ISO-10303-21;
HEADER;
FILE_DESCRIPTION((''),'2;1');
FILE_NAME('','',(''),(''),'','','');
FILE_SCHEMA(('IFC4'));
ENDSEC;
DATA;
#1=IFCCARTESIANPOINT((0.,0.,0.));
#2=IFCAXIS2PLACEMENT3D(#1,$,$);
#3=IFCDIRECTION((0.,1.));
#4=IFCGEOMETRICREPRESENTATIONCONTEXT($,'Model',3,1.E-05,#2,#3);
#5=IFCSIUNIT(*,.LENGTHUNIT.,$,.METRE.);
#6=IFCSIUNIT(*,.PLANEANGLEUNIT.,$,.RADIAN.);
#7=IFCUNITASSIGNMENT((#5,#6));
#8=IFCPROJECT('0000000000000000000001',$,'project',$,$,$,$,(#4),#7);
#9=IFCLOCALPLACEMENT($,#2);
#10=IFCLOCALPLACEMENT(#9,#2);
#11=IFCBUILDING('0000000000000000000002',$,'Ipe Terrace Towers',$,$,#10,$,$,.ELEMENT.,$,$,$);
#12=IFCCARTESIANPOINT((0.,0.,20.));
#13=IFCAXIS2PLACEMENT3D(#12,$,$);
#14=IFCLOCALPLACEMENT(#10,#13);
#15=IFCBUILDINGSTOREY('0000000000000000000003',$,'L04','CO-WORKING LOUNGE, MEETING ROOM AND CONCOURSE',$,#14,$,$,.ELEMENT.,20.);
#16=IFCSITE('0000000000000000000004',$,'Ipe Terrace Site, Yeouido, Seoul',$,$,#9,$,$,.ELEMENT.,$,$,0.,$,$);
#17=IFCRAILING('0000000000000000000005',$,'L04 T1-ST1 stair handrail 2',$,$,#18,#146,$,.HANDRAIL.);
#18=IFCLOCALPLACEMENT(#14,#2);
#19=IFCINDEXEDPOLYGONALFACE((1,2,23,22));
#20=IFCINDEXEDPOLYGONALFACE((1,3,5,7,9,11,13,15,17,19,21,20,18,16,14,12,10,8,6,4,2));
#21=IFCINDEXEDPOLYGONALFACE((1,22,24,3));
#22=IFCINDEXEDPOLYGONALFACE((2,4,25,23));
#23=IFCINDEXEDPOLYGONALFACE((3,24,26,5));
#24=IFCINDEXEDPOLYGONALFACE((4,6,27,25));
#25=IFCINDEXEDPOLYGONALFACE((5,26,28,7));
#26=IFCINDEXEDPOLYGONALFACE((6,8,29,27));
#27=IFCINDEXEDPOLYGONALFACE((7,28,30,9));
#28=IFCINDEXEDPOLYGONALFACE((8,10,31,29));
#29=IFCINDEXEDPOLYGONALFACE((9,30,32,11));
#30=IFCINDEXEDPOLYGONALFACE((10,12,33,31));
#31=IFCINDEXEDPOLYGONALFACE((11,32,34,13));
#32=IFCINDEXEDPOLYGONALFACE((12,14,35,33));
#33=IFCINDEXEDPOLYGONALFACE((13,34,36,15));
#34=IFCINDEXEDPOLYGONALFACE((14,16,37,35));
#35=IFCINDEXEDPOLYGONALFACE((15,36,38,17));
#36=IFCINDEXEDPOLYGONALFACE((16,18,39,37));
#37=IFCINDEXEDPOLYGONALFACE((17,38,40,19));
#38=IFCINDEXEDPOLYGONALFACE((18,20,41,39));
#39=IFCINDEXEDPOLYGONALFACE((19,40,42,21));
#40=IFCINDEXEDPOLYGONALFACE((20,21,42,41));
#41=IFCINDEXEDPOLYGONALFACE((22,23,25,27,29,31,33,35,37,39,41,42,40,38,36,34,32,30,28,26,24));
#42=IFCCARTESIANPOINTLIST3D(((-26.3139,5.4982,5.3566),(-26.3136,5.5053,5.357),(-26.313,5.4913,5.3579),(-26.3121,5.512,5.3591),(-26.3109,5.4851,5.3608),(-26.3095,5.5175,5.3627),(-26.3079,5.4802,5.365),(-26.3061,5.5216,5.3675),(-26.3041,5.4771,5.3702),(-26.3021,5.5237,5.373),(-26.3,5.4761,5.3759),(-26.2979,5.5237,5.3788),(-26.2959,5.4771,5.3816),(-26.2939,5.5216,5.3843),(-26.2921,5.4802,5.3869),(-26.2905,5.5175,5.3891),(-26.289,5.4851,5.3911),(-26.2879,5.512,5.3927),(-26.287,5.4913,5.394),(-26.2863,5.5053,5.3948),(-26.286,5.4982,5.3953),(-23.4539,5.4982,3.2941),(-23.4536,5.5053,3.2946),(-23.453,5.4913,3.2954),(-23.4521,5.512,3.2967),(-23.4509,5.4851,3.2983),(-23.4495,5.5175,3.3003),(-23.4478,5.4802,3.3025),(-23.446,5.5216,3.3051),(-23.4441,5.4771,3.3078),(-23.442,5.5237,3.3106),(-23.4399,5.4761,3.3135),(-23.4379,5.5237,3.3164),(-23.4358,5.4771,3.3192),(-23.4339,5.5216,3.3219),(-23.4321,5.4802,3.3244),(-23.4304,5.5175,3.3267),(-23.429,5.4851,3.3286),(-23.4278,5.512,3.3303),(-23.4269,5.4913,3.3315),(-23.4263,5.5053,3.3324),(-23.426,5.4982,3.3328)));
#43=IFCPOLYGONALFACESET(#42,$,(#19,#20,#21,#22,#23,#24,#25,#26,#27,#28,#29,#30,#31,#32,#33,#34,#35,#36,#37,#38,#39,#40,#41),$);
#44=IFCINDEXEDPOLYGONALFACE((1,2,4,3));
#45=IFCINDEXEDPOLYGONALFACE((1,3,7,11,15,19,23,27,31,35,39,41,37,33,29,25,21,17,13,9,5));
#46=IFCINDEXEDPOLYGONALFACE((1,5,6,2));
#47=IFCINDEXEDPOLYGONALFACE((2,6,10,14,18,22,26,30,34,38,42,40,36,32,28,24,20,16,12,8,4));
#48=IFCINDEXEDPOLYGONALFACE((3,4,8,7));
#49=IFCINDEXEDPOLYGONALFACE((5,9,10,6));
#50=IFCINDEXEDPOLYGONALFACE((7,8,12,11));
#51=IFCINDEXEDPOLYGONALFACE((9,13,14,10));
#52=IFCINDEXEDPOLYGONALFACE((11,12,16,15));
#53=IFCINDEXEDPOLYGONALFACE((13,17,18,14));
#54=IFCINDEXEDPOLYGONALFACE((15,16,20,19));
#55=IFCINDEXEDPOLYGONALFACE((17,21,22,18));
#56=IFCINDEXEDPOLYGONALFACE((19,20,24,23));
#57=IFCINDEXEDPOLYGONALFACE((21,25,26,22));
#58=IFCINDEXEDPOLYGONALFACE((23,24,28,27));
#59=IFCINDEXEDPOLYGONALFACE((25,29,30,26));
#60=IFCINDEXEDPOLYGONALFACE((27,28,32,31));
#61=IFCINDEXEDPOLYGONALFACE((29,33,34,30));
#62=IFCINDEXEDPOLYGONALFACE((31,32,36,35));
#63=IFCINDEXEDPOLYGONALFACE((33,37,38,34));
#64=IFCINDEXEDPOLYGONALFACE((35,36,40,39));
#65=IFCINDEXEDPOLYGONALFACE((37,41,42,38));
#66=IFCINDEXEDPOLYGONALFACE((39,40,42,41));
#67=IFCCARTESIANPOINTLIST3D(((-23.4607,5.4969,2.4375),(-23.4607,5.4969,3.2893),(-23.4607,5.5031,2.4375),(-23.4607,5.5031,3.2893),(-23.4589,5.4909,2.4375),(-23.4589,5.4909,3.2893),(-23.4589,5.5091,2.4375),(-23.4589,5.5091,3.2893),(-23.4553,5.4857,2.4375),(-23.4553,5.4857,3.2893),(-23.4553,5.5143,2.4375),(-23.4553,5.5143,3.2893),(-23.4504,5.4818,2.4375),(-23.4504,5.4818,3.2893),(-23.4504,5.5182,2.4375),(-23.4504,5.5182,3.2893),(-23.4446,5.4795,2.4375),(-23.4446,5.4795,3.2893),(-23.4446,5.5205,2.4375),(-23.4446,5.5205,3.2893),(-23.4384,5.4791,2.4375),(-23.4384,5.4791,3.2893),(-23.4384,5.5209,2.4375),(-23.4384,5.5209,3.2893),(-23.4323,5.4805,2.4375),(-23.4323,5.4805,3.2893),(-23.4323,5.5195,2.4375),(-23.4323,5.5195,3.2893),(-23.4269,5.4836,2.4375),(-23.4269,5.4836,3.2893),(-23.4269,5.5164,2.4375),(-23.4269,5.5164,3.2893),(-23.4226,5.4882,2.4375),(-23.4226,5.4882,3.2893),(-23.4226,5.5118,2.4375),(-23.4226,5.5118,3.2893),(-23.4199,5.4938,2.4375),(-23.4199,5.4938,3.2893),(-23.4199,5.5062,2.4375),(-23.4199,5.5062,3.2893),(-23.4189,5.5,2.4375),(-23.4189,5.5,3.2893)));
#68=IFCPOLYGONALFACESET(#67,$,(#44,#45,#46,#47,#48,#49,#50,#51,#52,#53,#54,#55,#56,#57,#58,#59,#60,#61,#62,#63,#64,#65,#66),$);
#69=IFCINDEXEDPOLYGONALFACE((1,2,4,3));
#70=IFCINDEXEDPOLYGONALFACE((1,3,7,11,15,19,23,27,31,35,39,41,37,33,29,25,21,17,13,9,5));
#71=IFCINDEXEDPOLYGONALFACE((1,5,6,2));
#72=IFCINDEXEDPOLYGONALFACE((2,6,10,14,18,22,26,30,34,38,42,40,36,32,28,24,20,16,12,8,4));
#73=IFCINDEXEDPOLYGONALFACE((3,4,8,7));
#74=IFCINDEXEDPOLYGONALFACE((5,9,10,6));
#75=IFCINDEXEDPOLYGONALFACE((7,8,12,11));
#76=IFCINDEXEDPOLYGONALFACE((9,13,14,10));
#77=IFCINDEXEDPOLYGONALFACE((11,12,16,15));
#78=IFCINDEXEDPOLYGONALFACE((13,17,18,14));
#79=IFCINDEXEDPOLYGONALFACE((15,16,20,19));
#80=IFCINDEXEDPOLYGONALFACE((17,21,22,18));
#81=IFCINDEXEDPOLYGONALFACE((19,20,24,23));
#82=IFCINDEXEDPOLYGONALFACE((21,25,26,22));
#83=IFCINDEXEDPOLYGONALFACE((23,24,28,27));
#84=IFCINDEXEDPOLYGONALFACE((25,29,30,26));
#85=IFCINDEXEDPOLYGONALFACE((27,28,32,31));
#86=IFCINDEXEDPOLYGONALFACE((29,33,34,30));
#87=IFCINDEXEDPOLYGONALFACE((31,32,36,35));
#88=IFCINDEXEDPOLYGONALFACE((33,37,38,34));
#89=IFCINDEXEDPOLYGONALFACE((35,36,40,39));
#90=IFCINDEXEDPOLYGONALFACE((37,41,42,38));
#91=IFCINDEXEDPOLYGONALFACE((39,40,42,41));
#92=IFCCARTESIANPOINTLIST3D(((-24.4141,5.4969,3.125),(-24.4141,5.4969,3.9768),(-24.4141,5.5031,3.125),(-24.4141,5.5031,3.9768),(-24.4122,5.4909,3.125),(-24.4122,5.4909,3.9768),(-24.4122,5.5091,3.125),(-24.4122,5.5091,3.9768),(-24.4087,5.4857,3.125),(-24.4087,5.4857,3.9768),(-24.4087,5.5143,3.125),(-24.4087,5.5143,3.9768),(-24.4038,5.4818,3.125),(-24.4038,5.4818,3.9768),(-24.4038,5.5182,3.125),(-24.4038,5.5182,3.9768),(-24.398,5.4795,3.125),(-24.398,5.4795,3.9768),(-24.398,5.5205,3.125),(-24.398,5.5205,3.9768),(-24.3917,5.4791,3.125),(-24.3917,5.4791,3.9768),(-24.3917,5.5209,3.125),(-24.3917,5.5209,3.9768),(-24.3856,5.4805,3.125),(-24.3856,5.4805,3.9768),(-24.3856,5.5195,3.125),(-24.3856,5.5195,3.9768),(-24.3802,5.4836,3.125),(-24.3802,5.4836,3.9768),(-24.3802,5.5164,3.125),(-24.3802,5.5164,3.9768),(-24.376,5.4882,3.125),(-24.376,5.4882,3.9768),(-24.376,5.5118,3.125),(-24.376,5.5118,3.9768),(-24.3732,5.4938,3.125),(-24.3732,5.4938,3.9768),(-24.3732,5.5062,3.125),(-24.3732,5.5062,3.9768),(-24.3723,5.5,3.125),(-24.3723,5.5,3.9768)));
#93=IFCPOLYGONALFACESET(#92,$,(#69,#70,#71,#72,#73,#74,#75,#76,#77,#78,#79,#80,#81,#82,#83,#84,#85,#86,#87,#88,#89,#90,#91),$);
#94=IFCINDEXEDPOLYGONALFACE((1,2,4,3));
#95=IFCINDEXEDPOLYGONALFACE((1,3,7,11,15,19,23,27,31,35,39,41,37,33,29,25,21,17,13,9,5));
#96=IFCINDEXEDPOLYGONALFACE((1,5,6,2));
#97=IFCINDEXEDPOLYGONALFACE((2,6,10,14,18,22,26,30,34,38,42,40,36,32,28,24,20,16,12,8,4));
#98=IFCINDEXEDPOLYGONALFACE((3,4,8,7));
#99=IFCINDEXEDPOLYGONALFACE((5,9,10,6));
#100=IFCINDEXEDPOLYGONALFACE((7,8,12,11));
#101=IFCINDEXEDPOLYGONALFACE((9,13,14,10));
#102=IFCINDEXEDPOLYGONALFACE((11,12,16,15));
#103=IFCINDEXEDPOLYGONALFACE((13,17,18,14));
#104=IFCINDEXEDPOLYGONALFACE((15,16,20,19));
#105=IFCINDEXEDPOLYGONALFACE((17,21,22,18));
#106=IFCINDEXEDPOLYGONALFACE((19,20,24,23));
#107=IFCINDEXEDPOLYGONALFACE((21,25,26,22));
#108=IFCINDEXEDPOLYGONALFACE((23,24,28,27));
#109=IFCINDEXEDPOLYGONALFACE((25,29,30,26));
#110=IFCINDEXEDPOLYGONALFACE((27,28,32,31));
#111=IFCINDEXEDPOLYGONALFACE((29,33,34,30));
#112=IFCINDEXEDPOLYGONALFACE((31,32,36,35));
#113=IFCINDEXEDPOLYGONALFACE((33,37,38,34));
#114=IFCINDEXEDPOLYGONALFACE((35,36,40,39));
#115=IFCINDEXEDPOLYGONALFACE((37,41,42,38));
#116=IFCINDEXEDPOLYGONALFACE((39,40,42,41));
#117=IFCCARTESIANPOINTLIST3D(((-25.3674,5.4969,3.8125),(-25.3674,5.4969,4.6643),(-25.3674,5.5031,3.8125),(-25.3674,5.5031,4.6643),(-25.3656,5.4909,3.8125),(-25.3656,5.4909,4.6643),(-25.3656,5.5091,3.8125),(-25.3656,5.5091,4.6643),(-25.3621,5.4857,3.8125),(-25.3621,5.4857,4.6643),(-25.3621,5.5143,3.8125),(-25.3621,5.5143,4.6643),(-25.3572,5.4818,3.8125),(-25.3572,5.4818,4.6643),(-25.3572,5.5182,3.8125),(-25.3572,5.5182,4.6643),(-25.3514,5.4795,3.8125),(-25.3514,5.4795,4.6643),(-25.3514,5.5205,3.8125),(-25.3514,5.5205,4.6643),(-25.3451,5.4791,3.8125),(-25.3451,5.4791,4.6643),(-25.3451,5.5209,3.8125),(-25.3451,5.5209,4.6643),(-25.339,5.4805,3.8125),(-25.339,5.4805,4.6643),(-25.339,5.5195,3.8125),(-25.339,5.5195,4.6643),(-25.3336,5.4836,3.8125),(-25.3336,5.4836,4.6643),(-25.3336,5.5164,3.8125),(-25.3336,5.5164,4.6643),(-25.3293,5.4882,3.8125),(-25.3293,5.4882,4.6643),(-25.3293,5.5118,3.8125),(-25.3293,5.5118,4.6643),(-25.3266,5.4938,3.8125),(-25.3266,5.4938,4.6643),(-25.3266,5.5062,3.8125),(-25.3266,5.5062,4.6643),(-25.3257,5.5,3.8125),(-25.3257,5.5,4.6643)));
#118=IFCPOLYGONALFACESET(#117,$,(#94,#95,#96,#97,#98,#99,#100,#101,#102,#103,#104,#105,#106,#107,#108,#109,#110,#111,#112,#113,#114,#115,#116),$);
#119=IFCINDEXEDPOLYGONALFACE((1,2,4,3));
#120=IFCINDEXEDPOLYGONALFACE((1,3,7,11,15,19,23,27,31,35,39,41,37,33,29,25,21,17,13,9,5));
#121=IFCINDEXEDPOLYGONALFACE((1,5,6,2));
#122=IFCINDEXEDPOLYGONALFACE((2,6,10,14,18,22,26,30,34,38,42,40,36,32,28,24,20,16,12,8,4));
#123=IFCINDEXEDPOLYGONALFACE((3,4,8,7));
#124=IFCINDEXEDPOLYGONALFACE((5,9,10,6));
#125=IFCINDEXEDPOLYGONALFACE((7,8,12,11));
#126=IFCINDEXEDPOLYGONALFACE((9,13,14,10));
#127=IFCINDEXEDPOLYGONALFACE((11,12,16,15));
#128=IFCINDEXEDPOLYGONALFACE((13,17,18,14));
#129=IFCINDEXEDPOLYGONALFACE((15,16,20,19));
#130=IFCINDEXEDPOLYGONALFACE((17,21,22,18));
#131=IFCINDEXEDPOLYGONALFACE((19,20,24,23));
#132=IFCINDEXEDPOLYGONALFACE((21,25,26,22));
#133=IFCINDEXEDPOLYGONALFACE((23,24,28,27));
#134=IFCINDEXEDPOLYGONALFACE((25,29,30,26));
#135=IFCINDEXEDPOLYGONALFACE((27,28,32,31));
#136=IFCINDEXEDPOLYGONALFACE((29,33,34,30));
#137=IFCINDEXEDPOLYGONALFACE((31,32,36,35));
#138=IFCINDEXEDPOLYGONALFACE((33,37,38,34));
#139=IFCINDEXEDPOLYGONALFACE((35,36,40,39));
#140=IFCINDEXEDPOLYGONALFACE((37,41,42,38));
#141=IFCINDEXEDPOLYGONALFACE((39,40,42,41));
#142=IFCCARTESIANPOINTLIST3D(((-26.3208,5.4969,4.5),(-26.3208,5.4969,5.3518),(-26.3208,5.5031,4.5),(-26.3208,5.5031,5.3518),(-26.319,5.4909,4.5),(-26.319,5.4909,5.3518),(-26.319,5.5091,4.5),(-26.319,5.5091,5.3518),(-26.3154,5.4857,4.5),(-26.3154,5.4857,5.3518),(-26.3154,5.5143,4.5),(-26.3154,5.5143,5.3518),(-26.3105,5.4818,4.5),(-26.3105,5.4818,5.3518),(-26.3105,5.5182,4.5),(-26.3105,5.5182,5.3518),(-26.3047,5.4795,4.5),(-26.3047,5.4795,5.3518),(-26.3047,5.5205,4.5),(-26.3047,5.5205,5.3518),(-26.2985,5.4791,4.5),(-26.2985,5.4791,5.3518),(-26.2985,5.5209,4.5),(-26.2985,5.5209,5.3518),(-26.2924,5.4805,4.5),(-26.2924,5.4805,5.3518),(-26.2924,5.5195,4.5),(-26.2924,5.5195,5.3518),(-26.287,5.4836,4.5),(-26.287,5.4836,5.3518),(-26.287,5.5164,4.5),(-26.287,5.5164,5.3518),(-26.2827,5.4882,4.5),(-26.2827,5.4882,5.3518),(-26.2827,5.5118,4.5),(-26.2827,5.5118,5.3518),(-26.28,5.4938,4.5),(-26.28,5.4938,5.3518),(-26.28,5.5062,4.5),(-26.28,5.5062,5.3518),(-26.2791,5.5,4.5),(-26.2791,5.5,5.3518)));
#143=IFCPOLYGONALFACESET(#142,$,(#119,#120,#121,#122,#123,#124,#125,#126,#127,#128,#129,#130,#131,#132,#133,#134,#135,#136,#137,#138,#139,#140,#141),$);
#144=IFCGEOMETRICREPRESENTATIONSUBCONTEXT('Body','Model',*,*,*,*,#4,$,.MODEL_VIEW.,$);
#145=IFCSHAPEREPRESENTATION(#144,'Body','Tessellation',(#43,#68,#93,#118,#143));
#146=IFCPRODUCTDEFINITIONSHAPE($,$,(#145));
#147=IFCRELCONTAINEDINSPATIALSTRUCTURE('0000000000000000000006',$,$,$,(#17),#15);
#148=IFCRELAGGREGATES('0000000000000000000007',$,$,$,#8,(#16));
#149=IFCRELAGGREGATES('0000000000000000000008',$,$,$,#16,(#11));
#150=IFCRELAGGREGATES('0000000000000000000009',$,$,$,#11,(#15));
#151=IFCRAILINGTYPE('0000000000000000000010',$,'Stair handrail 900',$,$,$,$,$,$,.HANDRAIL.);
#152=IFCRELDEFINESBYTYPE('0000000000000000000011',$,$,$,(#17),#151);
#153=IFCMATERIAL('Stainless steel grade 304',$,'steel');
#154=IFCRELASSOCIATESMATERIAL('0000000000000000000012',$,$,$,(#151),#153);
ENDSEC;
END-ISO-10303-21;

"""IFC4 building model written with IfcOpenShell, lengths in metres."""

from ifc_helpers import new_model, si_unit, direction, frame, origin, origin_2d, place, context, subcontext, project, spatial, circle, extrude, material, type_object, element, save


model = new_model("IFC4")

# Units and contexts
model_context = context("Model", 3, precision=1e-05, world=origin(), true_north=direction((0.0, 1.0)))
body_context = subcontext(model_context, "Body", "Model", "MODEL_VIEW")
ifc_project = project(units=[si_unit("LENGTHUNIT", "METRE"), si_unit("PLANEANGLEUNIT", "RADIAN")], contexts=[model_context])

# Site, building, storey
site_placement = place(None, origin())
site = spatial("IfcSite", under=ifc_project, at=site_placement, Name="Ipe Terrace Site, Yeouido, Seoul", CompositionType="ELEMENT", RefElevation=0.0)
building_placement = place(site_placement, origin())
building = spatial("IfcBuilding", under=site, at=building_placement, Name="Ipe Terrace Towers", CompositionType="ELEMENT")
storey_placement = place(building_placement, frame((0.0, 0.0, 20.0)))
storey = spatial("IfcBuildingStorey", under=building, at=storey_placement, Name="L04", Description="CO-WORKING LOUNGE, MEETING ROOM AND CONCOURSE", CompositionType="ELEMENT", Elevation=20.0)

# Railing
ifc_material_1 = material(Name="Stainless steel grade 304", Category="steel")
railing_type_1 = type_object("IfcRailingType", Name="Stair handrail 900", PredefinedType="HANDRAIL", material=ifc_material_1)
railing_1_placement = place(storey_placement, frame((-23.4399, 5.5, 2.4375)))
element("IfcRailing", 1, at=railing_1_placement, inside=storey, type_object=railing_type_1, Name="L04 T1-ST1 stair handrail 2", PredefinedType="HANDRAIL", context=body_context, shape_type="SweptSolid", body=[
    extrude(circle(Radius=0.0239, at=origin_2d()), frame((0.0, 0.0, 0.876), z_axis=(-0.811101, 0.0, 0.584906), x_axis=(0.0, -1.0, 0.0)), (0.0, 0.0, 1.0), 3.5261),
    extrude(circle(Radius=0.021, at=origin_2d()), origin(), (0.0, 0.0, 1.0), 0.8518),
    extrude(circle(Radius=0.021, at=origin_2d()), frame((-0.9534, 0.0, 0.6875)), (0.0, 0.0, 1.0), 0.8518),
    extrude(circle(Radius=0.021, at=origin_2d()), frame((-1.9067, 0.0, 1.375)), (0.0, 0.0, 1.0), 0.8518),
    extrude(circle(Radius=0.021, at=origin_2d()), frame((-2.8601, 0.0, 2.0625)), (0.0, 0.0, 1.0), 0.8518),
])

save(model, "model.ifc")
